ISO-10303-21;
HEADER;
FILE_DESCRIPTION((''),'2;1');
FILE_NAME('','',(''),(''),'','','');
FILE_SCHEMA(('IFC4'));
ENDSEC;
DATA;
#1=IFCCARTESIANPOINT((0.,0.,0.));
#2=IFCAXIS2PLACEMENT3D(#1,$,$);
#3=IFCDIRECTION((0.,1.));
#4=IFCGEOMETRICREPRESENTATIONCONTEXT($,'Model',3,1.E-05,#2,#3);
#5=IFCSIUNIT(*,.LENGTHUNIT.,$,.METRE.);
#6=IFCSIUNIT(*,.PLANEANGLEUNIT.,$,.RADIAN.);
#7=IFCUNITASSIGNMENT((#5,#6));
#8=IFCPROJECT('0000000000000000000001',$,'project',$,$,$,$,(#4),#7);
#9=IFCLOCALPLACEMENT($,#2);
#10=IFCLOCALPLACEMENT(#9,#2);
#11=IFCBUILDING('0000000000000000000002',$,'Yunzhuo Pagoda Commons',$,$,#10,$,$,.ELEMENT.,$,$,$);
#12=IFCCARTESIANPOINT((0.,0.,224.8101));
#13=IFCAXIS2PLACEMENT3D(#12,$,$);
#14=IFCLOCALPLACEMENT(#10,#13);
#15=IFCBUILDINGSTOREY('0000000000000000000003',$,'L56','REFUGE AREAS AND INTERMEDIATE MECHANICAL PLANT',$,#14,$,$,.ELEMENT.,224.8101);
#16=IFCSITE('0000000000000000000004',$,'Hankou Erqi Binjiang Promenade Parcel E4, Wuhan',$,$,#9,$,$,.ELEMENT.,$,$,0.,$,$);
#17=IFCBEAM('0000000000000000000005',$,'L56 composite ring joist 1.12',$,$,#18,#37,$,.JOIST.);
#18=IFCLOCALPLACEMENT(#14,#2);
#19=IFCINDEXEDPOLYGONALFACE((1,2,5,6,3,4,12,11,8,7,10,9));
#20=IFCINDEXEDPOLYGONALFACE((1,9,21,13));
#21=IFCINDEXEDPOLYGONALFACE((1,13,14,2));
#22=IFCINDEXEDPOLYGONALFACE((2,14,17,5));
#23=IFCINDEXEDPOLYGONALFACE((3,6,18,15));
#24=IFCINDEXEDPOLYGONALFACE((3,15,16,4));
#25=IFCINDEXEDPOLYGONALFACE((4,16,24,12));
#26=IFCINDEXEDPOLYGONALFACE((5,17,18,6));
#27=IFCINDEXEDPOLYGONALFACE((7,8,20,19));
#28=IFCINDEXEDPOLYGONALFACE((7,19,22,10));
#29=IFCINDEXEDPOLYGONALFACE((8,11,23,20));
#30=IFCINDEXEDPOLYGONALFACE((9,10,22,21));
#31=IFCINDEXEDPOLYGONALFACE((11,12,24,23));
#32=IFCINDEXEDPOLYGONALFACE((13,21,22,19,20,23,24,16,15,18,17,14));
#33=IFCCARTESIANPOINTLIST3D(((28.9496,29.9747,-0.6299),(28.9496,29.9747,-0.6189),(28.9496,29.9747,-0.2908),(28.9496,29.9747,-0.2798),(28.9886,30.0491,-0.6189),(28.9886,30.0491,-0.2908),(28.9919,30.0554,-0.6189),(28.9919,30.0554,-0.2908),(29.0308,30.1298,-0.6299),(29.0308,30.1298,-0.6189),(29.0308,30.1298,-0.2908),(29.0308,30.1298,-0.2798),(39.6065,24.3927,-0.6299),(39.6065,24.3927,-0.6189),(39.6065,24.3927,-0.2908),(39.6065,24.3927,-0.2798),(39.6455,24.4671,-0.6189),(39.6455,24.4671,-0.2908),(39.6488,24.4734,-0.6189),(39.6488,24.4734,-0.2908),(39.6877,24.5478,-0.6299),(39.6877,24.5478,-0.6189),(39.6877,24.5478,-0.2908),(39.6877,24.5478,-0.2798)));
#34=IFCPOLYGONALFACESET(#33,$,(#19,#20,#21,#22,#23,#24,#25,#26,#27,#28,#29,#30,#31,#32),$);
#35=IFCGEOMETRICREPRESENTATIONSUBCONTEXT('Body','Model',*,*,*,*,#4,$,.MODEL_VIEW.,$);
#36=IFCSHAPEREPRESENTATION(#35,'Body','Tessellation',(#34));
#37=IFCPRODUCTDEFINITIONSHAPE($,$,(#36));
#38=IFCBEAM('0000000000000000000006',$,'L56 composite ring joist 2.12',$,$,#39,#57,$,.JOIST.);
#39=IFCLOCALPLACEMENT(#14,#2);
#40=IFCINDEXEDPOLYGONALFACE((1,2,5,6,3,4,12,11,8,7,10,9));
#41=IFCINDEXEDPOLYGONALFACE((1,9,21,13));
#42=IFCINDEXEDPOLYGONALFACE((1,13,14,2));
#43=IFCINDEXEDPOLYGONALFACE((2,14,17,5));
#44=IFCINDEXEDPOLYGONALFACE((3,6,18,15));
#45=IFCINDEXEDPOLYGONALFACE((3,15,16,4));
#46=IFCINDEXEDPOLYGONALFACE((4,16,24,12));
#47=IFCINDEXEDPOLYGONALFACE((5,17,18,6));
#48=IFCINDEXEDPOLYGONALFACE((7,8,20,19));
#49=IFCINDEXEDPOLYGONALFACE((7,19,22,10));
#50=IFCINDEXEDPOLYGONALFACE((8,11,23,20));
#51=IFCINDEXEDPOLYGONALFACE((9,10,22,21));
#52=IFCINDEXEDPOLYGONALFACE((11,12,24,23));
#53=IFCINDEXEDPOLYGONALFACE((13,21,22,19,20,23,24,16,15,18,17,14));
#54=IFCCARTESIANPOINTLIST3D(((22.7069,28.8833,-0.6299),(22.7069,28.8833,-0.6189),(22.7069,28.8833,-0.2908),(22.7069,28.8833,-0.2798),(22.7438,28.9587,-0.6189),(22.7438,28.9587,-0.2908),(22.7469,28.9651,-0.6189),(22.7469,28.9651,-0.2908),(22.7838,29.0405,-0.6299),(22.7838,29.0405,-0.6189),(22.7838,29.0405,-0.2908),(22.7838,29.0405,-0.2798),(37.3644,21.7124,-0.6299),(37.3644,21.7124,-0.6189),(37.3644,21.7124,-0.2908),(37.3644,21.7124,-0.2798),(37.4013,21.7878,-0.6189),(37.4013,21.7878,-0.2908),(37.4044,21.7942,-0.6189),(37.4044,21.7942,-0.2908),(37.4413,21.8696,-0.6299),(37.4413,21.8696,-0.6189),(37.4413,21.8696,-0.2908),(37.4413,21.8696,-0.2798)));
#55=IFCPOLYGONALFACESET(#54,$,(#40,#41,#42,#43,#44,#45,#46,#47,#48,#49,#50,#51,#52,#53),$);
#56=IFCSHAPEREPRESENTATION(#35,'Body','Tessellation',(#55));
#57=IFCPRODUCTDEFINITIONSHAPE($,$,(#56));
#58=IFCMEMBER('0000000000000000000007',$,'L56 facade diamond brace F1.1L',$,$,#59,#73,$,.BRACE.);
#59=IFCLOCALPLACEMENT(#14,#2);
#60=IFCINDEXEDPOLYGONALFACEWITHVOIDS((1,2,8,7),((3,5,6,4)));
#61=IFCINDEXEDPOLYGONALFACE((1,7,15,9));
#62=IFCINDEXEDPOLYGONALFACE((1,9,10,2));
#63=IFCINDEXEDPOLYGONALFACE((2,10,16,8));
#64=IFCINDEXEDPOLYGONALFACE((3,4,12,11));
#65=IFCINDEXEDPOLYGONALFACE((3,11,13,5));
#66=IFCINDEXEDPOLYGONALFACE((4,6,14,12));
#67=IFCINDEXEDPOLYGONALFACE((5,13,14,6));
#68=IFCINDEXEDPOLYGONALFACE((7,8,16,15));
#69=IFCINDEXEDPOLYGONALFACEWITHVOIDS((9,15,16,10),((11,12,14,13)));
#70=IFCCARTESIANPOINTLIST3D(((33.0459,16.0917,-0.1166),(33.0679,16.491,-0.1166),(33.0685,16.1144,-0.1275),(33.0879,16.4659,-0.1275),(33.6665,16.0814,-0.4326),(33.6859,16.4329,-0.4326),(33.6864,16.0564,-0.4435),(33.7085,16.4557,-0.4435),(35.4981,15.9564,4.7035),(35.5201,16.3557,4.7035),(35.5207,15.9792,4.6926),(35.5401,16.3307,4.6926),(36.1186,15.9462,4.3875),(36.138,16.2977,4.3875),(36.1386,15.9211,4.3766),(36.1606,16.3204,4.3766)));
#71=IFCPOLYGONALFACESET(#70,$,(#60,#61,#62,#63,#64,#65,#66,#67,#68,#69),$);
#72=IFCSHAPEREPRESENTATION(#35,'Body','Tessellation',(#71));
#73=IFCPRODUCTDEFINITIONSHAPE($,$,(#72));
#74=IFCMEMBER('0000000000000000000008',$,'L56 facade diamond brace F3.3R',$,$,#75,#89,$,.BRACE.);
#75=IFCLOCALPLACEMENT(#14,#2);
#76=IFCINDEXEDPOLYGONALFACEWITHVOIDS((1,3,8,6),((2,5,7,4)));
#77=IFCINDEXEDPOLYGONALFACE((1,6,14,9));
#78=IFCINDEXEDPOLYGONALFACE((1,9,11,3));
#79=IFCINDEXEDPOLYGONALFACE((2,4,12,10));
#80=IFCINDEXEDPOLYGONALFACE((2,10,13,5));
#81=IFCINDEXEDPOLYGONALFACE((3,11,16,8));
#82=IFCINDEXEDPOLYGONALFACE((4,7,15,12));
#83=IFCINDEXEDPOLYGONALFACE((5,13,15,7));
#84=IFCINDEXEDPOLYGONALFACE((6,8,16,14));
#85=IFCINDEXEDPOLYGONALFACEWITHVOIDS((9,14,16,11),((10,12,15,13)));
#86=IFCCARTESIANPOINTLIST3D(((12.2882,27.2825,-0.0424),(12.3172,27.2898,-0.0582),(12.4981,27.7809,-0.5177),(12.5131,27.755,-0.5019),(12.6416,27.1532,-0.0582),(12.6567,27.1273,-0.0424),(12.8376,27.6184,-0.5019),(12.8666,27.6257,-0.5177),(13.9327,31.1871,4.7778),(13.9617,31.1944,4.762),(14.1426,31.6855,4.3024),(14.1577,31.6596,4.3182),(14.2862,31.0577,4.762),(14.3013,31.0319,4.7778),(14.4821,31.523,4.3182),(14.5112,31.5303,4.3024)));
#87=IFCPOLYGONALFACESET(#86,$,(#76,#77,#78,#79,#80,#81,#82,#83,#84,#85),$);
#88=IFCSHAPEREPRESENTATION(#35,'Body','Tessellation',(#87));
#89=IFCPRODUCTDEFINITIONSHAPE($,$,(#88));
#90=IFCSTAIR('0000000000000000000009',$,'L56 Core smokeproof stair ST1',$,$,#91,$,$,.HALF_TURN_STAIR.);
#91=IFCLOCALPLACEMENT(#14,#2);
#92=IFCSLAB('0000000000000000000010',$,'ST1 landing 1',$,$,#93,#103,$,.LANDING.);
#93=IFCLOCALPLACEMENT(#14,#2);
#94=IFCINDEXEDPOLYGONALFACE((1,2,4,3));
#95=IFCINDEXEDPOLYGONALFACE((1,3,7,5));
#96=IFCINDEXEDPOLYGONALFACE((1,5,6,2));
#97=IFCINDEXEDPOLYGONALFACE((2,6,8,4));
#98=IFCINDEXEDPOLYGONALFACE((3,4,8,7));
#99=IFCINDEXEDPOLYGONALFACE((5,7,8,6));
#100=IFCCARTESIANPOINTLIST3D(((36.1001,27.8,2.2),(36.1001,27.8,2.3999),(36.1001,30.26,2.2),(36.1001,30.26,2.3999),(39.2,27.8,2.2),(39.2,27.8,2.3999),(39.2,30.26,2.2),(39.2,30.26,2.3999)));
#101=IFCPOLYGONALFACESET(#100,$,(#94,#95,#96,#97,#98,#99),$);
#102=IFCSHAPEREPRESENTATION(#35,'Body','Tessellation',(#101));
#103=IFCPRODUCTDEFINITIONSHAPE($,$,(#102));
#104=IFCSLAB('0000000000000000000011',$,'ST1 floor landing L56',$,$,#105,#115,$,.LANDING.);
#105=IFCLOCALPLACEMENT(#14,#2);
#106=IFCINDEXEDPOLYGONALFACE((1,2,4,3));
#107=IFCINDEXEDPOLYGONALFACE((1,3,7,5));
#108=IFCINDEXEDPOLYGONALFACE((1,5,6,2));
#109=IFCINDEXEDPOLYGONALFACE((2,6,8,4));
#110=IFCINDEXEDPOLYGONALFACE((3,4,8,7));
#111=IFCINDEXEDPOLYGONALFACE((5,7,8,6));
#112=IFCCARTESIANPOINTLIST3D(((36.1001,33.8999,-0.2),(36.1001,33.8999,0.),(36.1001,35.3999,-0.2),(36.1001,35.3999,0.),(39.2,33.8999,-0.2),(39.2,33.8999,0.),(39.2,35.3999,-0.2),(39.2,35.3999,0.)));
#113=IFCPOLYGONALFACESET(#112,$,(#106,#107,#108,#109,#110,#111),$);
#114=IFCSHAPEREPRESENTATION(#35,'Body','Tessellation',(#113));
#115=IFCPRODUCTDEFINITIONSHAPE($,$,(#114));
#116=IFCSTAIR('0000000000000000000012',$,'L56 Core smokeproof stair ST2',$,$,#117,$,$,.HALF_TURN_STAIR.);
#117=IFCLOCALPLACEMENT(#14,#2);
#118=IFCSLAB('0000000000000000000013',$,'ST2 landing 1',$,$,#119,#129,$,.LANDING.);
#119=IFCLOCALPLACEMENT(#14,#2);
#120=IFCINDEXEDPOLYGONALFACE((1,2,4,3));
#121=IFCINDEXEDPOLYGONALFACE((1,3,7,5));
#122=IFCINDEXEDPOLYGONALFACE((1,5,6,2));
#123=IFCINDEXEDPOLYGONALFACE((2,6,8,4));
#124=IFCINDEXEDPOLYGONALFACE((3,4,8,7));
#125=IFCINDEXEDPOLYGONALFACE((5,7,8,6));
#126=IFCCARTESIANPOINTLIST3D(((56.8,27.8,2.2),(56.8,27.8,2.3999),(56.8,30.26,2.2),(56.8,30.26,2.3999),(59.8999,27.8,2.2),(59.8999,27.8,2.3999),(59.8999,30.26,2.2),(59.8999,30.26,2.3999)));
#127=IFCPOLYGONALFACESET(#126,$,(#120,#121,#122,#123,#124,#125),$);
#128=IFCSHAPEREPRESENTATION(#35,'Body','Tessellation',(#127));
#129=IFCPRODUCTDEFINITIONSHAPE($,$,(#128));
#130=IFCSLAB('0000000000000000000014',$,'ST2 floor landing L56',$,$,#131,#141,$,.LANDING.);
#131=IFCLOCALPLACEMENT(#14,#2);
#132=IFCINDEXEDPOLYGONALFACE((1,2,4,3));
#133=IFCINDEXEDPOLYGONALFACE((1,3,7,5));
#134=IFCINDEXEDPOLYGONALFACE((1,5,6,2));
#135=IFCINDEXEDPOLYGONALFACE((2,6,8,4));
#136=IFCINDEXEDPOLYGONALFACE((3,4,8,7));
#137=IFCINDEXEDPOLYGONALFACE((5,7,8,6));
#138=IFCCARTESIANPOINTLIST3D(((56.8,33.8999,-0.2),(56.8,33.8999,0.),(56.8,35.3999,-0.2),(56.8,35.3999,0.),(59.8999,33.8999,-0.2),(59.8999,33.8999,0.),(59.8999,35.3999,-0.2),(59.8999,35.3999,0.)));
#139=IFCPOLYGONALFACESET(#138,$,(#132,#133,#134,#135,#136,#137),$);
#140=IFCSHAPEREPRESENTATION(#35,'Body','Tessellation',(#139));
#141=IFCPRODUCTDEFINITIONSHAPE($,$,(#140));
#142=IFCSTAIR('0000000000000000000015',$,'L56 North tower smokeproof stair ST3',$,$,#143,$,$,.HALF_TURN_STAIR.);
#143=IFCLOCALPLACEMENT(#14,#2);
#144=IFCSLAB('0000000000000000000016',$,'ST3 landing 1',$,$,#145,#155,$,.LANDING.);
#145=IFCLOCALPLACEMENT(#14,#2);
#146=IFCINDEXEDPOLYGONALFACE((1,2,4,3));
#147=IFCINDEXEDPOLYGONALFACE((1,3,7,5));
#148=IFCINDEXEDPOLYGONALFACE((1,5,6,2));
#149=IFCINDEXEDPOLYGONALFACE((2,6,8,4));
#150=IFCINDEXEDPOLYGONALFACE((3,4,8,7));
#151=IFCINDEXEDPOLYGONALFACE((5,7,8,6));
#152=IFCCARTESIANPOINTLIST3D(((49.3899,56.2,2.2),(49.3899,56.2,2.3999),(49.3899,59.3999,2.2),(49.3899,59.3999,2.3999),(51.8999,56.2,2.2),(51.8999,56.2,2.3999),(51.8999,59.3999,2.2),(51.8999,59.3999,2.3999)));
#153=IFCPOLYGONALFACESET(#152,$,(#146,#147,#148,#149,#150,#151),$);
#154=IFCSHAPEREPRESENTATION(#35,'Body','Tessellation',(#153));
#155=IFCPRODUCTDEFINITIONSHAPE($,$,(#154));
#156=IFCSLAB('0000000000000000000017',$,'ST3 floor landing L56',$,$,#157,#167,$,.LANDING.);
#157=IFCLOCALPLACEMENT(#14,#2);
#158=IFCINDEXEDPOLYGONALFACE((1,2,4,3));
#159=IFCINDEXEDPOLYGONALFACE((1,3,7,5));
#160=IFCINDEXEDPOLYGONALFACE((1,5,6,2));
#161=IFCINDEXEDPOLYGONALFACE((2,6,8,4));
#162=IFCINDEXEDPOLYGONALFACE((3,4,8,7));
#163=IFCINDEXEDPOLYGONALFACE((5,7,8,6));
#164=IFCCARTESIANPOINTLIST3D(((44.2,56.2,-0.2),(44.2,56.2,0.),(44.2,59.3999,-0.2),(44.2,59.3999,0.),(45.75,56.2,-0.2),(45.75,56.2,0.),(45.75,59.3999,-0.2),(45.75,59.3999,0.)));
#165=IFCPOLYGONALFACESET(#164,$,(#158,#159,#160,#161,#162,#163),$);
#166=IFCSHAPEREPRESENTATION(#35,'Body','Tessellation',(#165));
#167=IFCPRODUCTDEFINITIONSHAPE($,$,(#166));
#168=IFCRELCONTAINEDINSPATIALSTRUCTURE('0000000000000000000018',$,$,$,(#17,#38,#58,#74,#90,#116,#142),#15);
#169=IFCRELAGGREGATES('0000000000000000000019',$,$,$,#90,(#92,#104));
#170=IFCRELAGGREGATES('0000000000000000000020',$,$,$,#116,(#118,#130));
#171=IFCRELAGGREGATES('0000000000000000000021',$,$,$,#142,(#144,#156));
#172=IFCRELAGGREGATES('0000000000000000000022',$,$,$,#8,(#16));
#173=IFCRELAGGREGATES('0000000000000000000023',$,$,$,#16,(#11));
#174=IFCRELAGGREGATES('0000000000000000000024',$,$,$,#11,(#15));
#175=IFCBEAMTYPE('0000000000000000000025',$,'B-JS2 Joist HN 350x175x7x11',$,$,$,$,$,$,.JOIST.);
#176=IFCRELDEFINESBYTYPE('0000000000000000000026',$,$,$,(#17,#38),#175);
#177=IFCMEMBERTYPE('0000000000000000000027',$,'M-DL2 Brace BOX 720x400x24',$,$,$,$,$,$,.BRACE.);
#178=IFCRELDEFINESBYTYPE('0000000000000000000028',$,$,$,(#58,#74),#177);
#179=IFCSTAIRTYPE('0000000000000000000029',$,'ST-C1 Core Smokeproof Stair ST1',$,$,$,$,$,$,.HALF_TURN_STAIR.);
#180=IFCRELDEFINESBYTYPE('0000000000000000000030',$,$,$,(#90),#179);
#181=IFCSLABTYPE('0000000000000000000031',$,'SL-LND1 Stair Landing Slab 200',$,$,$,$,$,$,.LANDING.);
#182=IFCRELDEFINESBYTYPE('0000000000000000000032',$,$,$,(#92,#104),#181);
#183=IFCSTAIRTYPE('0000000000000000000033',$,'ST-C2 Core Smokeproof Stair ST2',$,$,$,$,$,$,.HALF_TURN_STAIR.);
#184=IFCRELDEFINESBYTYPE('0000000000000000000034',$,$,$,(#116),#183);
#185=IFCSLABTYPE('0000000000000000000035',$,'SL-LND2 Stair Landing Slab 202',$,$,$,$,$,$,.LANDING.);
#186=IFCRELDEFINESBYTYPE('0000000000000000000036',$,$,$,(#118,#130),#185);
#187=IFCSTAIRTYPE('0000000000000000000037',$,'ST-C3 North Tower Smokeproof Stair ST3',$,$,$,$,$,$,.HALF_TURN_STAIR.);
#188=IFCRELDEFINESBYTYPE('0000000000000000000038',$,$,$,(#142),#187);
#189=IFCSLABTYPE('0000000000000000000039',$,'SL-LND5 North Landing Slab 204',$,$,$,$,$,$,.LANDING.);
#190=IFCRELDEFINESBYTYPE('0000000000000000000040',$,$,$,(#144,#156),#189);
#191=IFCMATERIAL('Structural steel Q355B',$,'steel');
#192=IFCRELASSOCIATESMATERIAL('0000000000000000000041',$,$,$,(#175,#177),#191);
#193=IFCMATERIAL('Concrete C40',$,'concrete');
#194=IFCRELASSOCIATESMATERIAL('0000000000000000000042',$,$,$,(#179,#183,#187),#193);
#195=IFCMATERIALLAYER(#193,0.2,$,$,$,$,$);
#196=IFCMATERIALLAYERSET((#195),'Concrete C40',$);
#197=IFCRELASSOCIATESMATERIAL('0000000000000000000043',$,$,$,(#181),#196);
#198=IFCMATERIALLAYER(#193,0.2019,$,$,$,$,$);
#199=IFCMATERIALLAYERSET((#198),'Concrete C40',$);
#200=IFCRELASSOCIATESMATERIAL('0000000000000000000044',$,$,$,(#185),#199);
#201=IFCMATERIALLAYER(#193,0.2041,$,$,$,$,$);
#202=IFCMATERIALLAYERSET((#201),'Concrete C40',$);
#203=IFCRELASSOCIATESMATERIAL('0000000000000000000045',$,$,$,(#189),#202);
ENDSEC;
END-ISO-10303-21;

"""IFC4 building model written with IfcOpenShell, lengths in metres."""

from ifc_helpers import new_model, si_unit, direction, frame, origin, origin_2d, place, context, subcontext, project, spatial, polyline, hollow_rectangle, i_section, outline, extrude, source, transform, mapped, material, layer, layer_set, material_profile, profile_set, type_object, element, aggregate, save


model = new_model("IFC4")

# Units and contexts
model_context = context("Model", 3, precision=1e-05, world=origin(), true_north=direction((0.0, 1.0)))
body_context = subcontext(model_context, "Body", "Model", "MODEL_VIEW")
ifc_project = project(units=[si_unit("LENGTHUNIT", "METRE"), si_unit("PLANEANGLEUNIT", "RADIAN")], contexts=[model_context])

# Site, building, storey
site_placement = place(None, origin())
site = spatial("IfcSite", under=ifc_project, at=site_placement, Name="Hankou Erqi Binjiang Promenade Parcel E4, Wuhan", CompositionType="ELEMENT", RefElevation=0.0)
building_placement = place(site_placement, origin())
building = spatial("IfcBuilding", under=site, at=building_placement, Name="Yunzhuo Pagoda Commons", CompositionType="ELEMENT")
storey_placement = place(building_placement, frame((0.0, 0.0, 224.8101)))
storey = spatial("IfcBuildingStorey", under=building, at=storey_placement, Name="L56", Description="REFUGE AREAS AND INTERMEDIATE MECHANICAL PLANT", CompositionType="ELEMENT", Elevation=224.8101)

# Shared definitions
ifc_material_1 = material(Name="Structural steel Q355B", Category="steel")

# Beams
ifc_material_profile_1 = material_profile(ifc_material_1, i_section(OverallWidth=0.175, OverallDepth=0.3501, WebThickness=0.0071, FlangeThickness=0.011, at=origin_2d()), Name="Structural steel Q355B")
ifc_profile_set_1 = profile_set([ifc_material_profile_1], Name="Structural steel Q355B")
beam_type_1 = type_object("IfcBeamType", Name="B-JS2 Joist HN 350x175x7x11", PredefinedType="JOIST", material=ifc_profile_set_1)
shared_shape_1 = source(origin(), body_context, "Body", "SweptSolid", [
    extrude(i_section(OverallWidth=0.175, OverallDepth=0.3501, WebThickness=0.0071, FlangeThickness=0.011, at=origin_2d()), origin(), (0.0, 0.0, 1.0), 12.0303),
])
beam_1_placement = place(storey_placement, frame((28.9902, 30.0522, -0.4548), z_axis=(0.885838, -0.463994, 0.0), x_axis=(0.463994, 0.885838, 0.0)))
element("IfcBeam", 1, at=beam_1_placement, inside=storey, type_object=beam_type_1, Name="L56 composite ring joist 1.12", PredefinedType="JOIST", context=body_context, shape_type="MappedRepresentation", body=[
    mapped(shared_shape_1, transform((0.0, 0.0, 0.0), scale=1.0)),
])
shared_shape_2 = source(origin(), body_context, "Body", "SweptSolid", [
    extrude(i_section(OverallWidth=0.175, OverallDepth=0.3501, WebThickness=0.0071, FlangeThickness=0.011, at=origin_2d()), origin(), (0.0, 0.0, 1.0), 16.3176),
])
beam_2_placement = place(storey_placement, frame((22.7454, 28.9619, -0.4548), z_axis=(0.898263, -0.439459, 0.0), x_axis=(0.439459, 0.898263, 0.0)))
element("IfcBeam", 2, at=beam_2_placement, inside=storey, type_object=beam_type_1, Name="L56 composite ring joist 2.12", PredefinedType="JOIST", context=body_context, shape_type="MappedRepresentation", body=[
    mapped(shared_shape_2, transform((0.0, 0.0, 0.0), scale=1.0)),
])

# Members
ifc_material_profile_2 = material_profile(ifc_material_1, hollow_rectangle(XDim=0.3999, YDim=0.72, WallThickness=0.0239, at=origin_2d()), Name="Structural steel Q355B")
ifc_profile_set_2 = profile_set([ifc_material_profile_2], Name="Structural steel Q355B")
member_type = type_object("IfcMemberType", Name="M-DL2 Brace BOX 720x400x24", PredefinedType="BRACE", material=ifc_profile_set_2)
shared_shape_3 = source(origin(), body_context, "Body", "SweptSolid", [
    extrude(hollow_rectangle(XDim=0.3999, YDim=0.72, WallThickness=0.0239, at=origin_2d()), origin(), (0.0, 0.0, 1.0), 5.4097),
])
member_1_placement = place(storey_placement, frame((33.3772, 16.2737, -0.28), z_axis=(0.453291, -0.025002, 0.891012), x_axis=(0.055074, 0.998482, 0.0)))
element("IfcMember", 3, at=member_1_placement, inside=storey, type_object=member_type, Name="L56 facade diamond brace F1.1L", PredefinedType="BRACE", context=body_context, shape_type="MappedRepresentation", body=[
    mapped(shared_shape_3, transform((0.0, 0.0, 0.0), scale=1.0)),
])
shared_shape_4 = source(origin(), body_context, "Body", "SweptSolid", [
    extrude(hollow_rectangle(XDim=0.3999, YDim=0.72, WallThickness=0.0239, at=origin_2d()), origin(), (0.0, 0.0, 1.0), 6.4175),
])
member_2_placement = place(storey_placement, frame((12.5774, 27.4541, -0.28), z_axis=(0.256261, 0.608431, 0.751094), x_axis=(-0.921592, 0.38816, 0.0)))
element("IfcMember", 4, at=member_2_placement, inside=storey, type_object=member_type, Name="L56 facade diamond brace F3.3R", PredefinedType="BRACE", context=body_context, shape_type="MappedRepresentation", body=[
    mapped(shared_shape_4, transform((0.0, 0.0, 0.0), scale=1.0)),
])

# Stairs, slabs
ifc_material_2 = material(Name="Concrete C40", Category="concrete")
stair_type_1 = type_object("IfcStairType", Name="ST-C1 Core Smokeproof Stair ST1", PredefinedType="HALF_TURN_STAIR", material=ifc_material_2)
stair_1_placement = place(storey_placement, origin())
stair_1 = element("IfcStair", 5, at=stair_1_placement, inside=storey, type_object=stair_type_1, Name="L56 Core smokeproof stair ST1", PredefinedType="HALF_TURN_STAIR")
ifc_layer_1 = layer(ifc_material_2, 0.2)
ifc_layer_set_1 = layer_set([ifc_layer_1], Name="Concrete C40")
slab_type_1 = type_object("IfcSlabType", Name="SL-LND1 Stair Landing Slab 200", PredefinedType="LANDING", material=ifc_layer_set_1)
slab_1_placement = place(storey_placement, frame((0.0, 0.0, 2.2)))
slab_1 = element("IfcSlab", 6, at=slab_1_placement, type_object=slab_type_1, Name="ST1 landing 1", PredefinedType="LANDING", context=body_context, shape_type="SweptSolid", body=[
    extrude(outline(polyline([(36.1001, 30.26), (36.1001, 27.8), (39.2, 27.8), (39.2, 30.26), (36.1001, 30.26)])), origin(), (0.0, 0.0, 1.0), 0.2),
])
slab_2_placement = place(storey_placement, frame((0.0, 0.0, -0.2)))
slab_2 = element("IfcSlab", 7, at=slab_2_placement, type_object=slab_type_1, Name="ST1 floor landing L56", PredefinedType="LANDING", context=body_context, shape_type="SweptSolid", body=[
    extrude(outline(polyline([(36.1001, 35.3999), (36.1001, 33.8999), (39.2, 33.8999), (39.2, 35.3999), (36.1001, 35.3999)])), origin(), (0.0, 0.0, 1.0), 0.2),
])
aggregate(stair_1, [slab_1, slab_2])
stair_type_2 = type_object("IfcStairType", Name="ST-C2 Core Smokeproof Stair ST2", PredefinedType="HALF_TURN_STAIR", material=ifc_material_2)
stair_2_placement = place(storey_placement, origin())
stair_2 = element("IfcStair", 8, at=stair_2_placement, inside=storey, type_object=stair_type_2, Name="L56 Core smokeproof stair ST2", PredefinedType="HALF_TURN_STAIR")
ifc_layer_2 = layer(ifc_material_2, 0.2019)
ifc_layer_set_2 = layer_set([ifc_layer_2], Name="Concrete C40")
slab_type_2 = type_object("IfcSlabType", Name="SL-LND2 Stair Landing Slab 202", PredefinedType="LANDING", material=ifc_layer_set_2)
slab_3_placement = place(storey_placement, frame((0.0, 0.0, 2.2)))
slab_3 = element("IfcSlab", 9, at=slab_3_placement, type_object=slab_type_2, Name="ST2 landing 1", PredefinedType="LANDING", context=body_context, shape_type="SweptSolid", body=[
    extrude(outline(polyline([(56.8, 30.26), (56.8, 27.8), (59.8999, 27.8), (59.8999, 30.26), (56.8, 30.26)])), origin(), (0.0, 0.0, 1.0), 0.2),
])
slab_4_placement = place(storey_placement, frame((0.0, 0.0, -0.2)))
slab_4 = element("IfcSlab", 10, at=slab_4_placement, type_object=slab_type_2, Name="ST2 floor landing L56", PredefinedType="LANDING", context=body_context, shape_type="SweptSolid", body=[
    extrude(outline(polyline([(56.8, 35.3999), (56.8, 33.8999), (59.8999, 33.8999), (59.8999, 35.3999), (56.8, 35.3999)])), origin(), (0.0, 0.0, 1.0), 0.2),
])
aggregate(stair_2, [slab_3, slab_4])
stair_type_3 = type_object("IfcStairType", Name="ST-C3 North Tower Smokeproof Stair ST3", PredefinedType="HALF_TURN_STAIR", material=ifc_material_2)
stair_3_placement = place(storey_placement, origin())
stair_3 = element("IfcStair", 11, at=stair_3_placement, inside=storey, type_object=stair_type_3, Name="L56 North tower smokeproof stair ST3", PredefinedType="HALF_TURN_STAIR")
ifc_layer_3 = layer(ifc_material_2, 0.2041)
ifc_layer_set_3 = layer_set([ifc_layer_3], Name="Concrete C40")
slab_type_3 = type_object("IfcSlabType", Name="SL-LND5 North Landing Slab 204", PredefinedType="LANDING", material=ifc_layer_set_3)
slab_5_placement = place(storey_placement, frame((0.0, 0.0, 2.2)))
slab_5 = element("IfcSlab", 12, at=slab_5_placement, type_object=slab_type_3, Name="ST3 landing 1", PredefinedType="LANDING", context=body_context, shape_type="SweptSolid", body=[
    extrude(outline(polyline([(49.3899, 56.2), (51.8999, 56.2), (51.8999, 59.3999), (49.3899, 59.3999), (49.3899, 56.2)])), origin(), (0.0, 0.0, 1.0), 0.2),
])
slab_6_placement = place(storey_placement, frame((0.0, 0.0, -0.2)))
slab_6 = element("IfcSlab", 13, at=slab_6_placement, type_object=slab_type_3, Name="ST3 floor landing L56", PredefinedType="LANDING", context=body_context, shape_type="SweptSolid", body=[
    extrude(outline(polyline([(44.2, 56.2), (45.75, 56.2), (45.75, 59.3999), (44.2, 59.3999), (44.2, 56.2)])), origin(), (0.0, 0.0, 1.0), 0.2),
])
aggregate(stair_3, [slab_5, slab_6])

save(model, "model.ifc")
